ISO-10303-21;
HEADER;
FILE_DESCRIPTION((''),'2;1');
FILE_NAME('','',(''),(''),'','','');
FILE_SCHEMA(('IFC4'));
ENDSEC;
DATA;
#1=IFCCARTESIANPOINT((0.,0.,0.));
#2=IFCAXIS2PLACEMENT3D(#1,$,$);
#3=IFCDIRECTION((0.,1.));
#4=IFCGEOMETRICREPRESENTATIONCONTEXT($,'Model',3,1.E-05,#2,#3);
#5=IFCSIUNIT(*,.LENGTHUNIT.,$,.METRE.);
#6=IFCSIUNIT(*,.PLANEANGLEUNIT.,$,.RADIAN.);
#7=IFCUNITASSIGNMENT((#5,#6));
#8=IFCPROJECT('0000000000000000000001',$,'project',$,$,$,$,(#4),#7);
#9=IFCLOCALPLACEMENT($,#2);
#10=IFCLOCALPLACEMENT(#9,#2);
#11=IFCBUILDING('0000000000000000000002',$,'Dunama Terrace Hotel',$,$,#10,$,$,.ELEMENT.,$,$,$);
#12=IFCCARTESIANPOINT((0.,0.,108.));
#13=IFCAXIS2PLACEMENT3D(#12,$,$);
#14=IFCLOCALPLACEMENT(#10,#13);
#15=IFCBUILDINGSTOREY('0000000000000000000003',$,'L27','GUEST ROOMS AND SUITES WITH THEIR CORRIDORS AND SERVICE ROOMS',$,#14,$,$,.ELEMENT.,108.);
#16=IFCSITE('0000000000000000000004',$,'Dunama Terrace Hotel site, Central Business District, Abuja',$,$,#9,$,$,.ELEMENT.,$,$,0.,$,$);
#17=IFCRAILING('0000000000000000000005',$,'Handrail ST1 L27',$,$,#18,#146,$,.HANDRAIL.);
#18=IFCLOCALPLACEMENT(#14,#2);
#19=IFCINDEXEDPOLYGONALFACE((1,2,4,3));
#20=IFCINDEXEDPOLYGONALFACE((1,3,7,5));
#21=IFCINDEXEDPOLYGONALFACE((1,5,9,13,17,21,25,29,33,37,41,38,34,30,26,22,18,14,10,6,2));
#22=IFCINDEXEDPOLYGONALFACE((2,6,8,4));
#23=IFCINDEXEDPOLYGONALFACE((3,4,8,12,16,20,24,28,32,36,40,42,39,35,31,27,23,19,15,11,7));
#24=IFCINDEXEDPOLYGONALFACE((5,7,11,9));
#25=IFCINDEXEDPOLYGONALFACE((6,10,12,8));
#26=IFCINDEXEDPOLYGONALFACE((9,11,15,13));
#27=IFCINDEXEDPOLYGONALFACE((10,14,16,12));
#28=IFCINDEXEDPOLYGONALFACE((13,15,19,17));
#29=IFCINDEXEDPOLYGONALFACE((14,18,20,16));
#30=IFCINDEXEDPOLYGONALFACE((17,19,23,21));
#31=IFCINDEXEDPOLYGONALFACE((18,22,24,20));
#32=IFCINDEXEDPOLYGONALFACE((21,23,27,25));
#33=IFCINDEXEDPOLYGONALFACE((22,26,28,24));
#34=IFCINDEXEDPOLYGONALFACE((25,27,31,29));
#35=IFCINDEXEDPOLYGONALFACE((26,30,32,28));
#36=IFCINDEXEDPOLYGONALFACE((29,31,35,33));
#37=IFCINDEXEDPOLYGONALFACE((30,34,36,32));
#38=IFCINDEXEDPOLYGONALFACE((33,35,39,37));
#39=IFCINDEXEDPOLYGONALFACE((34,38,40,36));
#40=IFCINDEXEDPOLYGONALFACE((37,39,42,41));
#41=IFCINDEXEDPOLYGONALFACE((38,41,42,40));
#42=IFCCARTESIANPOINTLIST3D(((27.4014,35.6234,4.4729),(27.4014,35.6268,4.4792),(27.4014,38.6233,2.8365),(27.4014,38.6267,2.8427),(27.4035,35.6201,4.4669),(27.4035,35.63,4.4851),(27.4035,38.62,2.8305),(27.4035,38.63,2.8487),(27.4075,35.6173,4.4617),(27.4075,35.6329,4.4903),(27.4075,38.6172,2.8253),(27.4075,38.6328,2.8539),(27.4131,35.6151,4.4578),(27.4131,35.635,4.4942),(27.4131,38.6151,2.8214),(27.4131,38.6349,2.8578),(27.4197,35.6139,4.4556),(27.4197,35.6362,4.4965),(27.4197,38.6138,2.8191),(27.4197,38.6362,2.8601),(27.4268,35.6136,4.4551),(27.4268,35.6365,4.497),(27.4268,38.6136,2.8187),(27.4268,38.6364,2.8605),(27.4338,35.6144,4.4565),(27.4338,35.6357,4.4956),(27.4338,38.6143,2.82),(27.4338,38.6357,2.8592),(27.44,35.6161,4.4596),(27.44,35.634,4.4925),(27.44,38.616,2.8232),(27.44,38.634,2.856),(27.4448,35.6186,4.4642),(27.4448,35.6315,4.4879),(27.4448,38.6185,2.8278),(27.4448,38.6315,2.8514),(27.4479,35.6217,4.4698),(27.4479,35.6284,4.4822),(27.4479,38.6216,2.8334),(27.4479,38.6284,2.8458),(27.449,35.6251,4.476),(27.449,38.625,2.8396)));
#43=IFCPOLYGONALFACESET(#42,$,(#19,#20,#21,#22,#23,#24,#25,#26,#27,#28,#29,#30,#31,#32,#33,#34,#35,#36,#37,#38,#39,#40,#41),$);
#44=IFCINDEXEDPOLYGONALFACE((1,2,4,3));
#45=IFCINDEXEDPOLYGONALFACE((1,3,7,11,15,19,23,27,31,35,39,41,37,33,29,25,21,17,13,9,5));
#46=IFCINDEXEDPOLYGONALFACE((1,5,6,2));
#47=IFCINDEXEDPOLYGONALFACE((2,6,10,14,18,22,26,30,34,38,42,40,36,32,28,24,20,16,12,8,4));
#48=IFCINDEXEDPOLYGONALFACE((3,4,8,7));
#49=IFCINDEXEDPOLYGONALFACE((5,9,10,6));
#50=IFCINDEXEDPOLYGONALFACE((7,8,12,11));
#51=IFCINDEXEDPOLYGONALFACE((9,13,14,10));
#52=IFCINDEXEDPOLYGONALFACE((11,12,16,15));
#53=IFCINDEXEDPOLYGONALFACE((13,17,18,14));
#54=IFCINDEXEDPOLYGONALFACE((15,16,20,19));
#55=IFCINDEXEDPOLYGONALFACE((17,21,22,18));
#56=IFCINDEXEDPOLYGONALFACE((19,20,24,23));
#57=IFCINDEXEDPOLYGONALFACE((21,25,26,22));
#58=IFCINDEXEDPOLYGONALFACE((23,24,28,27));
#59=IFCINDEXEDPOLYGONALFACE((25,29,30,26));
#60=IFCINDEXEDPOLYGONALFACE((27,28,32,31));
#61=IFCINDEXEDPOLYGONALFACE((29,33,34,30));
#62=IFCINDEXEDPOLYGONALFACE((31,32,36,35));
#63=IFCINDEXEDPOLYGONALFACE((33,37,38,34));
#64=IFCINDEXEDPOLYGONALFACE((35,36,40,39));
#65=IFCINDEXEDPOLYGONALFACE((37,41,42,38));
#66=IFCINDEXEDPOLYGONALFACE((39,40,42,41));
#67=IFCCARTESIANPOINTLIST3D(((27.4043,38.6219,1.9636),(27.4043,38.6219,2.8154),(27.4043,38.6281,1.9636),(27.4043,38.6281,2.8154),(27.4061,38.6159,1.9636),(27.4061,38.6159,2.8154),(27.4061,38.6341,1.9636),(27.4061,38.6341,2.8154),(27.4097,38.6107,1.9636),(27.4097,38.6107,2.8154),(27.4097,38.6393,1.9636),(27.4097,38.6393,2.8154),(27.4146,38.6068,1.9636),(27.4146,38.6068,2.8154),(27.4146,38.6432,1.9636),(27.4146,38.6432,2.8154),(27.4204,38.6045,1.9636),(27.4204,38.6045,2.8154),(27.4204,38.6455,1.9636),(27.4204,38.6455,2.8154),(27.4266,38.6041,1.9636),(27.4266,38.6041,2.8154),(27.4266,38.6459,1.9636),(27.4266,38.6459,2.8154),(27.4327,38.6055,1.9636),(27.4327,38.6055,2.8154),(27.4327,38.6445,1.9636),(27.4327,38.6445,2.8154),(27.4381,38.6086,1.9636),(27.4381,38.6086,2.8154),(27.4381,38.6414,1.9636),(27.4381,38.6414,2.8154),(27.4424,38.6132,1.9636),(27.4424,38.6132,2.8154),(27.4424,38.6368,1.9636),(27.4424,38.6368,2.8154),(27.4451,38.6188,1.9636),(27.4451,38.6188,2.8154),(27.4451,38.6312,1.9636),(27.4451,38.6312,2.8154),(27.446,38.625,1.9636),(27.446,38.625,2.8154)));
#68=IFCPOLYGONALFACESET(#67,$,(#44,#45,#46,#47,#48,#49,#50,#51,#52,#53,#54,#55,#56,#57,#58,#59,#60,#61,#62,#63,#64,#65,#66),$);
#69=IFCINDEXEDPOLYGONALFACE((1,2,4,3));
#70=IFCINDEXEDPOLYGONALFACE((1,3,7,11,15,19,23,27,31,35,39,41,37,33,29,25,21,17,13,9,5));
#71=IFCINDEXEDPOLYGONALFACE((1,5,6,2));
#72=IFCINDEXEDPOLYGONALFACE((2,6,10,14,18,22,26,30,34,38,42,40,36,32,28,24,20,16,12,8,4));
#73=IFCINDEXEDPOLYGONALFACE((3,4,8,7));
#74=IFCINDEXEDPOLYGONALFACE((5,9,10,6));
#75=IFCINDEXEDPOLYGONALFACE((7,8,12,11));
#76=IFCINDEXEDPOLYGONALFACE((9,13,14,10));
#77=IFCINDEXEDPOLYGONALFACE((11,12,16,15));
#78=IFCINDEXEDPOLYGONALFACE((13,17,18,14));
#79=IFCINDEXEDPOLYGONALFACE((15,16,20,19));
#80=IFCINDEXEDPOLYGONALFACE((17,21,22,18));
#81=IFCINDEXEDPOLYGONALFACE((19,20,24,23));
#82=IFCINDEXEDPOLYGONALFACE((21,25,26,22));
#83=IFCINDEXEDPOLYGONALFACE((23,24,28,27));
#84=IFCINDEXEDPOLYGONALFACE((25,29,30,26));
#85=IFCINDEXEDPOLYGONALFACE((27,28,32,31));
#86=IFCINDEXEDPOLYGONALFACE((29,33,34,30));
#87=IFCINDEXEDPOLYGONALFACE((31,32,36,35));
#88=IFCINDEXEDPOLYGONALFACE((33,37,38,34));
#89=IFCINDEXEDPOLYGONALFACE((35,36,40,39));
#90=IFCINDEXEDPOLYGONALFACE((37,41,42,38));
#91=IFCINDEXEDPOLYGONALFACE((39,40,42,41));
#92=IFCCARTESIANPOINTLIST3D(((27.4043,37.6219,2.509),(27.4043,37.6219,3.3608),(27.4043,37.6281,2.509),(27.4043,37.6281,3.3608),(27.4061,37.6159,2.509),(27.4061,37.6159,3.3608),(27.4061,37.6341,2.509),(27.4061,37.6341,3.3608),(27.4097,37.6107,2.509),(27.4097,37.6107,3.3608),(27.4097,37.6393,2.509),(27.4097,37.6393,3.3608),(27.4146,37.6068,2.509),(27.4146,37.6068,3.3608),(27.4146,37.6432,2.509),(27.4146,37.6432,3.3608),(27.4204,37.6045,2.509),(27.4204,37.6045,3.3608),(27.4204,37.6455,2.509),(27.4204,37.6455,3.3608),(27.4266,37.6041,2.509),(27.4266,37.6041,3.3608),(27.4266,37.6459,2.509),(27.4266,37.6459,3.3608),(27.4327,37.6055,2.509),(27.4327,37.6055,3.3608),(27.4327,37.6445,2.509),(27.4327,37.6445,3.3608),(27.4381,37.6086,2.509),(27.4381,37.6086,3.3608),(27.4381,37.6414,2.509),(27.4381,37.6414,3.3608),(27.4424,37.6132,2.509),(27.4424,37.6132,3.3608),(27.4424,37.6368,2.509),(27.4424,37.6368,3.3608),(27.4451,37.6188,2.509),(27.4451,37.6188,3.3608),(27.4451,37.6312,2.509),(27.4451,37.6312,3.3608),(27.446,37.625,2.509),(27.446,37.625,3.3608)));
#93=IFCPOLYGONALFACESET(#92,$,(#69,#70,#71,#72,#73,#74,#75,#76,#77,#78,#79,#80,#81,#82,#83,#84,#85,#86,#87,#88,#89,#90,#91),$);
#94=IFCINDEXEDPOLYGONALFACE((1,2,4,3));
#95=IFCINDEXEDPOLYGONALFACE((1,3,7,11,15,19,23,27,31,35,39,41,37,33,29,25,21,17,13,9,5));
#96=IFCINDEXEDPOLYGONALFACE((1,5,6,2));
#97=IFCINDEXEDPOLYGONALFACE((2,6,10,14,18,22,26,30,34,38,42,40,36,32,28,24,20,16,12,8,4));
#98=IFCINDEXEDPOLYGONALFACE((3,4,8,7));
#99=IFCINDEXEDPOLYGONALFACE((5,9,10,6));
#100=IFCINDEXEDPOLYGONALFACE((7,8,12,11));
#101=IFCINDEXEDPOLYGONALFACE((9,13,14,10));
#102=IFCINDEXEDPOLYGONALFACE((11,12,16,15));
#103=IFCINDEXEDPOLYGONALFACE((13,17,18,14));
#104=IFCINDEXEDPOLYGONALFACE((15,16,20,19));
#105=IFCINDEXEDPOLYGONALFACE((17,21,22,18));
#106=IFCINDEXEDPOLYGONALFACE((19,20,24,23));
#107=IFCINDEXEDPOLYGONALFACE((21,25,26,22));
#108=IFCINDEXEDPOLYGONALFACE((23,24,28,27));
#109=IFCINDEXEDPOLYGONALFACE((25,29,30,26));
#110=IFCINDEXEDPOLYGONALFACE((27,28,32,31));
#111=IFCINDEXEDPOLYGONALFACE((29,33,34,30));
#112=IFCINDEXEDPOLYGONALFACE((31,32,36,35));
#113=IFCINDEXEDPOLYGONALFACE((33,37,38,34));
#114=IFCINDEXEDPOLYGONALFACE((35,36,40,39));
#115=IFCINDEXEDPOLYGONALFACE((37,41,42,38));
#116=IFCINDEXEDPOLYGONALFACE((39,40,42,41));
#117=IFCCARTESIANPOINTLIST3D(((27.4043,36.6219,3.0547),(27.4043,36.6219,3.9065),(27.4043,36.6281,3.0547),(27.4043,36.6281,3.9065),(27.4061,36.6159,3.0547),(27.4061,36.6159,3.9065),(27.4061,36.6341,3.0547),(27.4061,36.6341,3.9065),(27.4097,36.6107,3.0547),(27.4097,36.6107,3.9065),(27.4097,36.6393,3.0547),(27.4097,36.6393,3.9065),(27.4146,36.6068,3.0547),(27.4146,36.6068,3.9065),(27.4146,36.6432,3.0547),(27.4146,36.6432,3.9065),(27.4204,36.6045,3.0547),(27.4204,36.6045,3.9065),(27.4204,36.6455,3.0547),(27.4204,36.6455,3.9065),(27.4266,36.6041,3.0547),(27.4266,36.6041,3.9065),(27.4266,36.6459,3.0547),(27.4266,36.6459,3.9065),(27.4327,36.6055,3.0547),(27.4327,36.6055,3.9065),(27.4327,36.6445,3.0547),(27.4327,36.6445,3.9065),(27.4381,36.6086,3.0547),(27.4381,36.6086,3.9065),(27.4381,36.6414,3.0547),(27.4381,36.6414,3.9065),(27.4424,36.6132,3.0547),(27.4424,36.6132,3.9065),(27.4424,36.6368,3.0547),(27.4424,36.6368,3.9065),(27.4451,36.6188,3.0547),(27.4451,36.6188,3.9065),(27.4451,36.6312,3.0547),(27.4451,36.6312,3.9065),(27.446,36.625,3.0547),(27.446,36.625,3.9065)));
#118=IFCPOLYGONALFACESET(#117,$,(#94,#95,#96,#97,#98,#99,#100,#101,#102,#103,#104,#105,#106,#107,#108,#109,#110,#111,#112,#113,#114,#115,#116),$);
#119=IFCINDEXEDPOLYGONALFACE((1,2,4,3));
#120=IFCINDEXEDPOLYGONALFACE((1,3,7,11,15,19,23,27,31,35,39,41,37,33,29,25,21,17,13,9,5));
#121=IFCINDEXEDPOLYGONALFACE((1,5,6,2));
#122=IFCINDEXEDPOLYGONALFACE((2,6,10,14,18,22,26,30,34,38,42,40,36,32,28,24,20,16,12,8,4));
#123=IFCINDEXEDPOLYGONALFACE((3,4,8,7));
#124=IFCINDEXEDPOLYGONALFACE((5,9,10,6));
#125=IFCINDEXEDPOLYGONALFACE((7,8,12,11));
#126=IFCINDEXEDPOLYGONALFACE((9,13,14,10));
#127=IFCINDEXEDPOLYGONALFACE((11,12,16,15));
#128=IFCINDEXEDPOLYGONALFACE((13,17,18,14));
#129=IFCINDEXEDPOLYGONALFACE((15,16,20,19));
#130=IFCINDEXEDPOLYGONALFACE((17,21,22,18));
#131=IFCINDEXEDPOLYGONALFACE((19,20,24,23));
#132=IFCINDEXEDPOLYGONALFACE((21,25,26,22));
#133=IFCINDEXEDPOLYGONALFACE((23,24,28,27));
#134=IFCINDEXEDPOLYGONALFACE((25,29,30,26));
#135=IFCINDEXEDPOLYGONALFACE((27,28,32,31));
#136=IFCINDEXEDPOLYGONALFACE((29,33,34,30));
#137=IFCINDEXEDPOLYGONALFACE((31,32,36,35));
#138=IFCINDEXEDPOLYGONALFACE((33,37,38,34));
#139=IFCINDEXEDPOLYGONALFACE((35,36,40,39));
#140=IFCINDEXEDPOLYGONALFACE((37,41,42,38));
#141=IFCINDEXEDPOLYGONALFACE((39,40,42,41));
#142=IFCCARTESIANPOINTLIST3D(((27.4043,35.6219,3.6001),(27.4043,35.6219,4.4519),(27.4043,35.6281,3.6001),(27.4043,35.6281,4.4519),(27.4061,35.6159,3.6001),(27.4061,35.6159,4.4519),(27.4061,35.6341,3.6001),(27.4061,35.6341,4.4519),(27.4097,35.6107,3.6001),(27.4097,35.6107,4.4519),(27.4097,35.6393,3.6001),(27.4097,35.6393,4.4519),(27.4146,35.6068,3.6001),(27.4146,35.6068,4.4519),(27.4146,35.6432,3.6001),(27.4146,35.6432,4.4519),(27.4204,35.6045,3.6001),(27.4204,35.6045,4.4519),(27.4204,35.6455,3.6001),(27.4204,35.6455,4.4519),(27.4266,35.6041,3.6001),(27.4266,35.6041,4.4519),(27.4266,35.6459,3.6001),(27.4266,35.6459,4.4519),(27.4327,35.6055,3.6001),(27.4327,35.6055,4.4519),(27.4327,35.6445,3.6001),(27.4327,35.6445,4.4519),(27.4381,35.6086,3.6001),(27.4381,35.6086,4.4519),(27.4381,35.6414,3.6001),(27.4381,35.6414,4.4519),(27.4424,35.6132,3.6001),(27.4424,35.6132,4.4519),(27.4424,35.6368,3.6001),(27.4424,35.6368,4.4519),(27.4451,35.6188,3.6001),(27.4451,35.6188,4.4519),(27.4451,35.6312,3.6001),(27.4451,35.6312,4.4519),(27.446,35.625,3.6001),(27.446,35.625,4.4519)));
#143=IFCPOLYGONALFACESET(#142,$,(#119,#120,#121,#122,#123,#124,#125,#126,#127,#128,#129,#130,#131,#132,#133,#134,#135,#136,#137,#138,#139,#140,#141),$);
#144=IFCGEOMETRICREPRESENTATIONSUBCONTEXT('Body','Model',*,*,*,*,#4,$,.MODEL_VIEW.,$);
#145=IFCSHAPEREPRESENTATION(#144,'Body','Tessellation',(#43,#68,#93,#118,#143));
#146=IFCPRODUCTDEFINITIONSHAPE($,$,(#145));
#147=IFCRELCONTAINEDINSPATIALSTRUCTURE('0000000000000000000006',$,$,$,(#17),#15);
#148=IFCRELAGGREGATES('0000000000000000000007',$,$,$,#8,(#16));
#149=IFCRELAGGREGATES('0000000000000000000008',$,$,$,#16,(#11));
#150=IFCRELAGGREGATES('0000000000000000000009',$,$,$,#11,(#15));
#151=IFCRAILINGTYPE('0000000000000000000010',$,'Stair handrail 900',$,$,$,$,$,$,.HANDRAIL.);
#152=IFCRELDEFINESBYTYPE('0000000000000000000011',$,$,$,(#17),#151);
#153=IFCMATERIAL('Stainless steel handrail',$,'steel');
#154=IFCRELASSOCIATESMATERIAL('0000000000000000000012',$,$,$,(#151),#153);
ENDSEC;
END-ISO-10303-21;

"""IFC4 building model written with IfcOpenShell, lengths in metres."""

from ifc_helpers import new_model, si_unit, direction, frame, origin, origin_2d, place, context, subcontext, project, spatial, circle, extrude, material, type_object, element, save


model = new_model("IFC4")

# Units and contexts
model_context = context("Model", 3, precision=1e-05, world=origin(), true_north=direction((0.0, 1.0)))
body_context = subcontext(model_context, "Body", "Model", "MODEL_VIEW")
ifc_project = project(units=[si_unit("LENGTHUNIT", "METRE"), si_unit("PLANEANGLEUNIT", "RADIAN")], contexts=[model_context])

# Site, building, storey
site_placement = place(None, origin())
site = spatial("IfcSite", under=ifc_project, at=site_placement, Name="Dunama Terrace Hotel site, Central Business District, Abuja", CompositionType="ELEMENT", RefElevation=0.0)
building_placement = place(site_placement, origin())
building = spatial("IfcBuilding", under=site, at=building_placement, Name="Dunama Terrace Hotel", CompositionType="ELEMENT")
storey_placement = place(building_placement, frame((0.0, 0.0, 108.0)))
storey = spatial("IfcBuildingStorey", under=building, at=storey_placement, Name="L27", Description="GUEST ROOMS AND SUITES WITH THEIR CORRIDORS AND SERVICE ROOMS", CompositionType="ELEMENT", Elevation=108.0)

# Railing
ifc_material_1 = material(Name="Stainless steel handrail", Category="steel")
railing_type = type_object("IfcRailingType", Name="Stair handrail 900", PredefinedType="HANDRAIL", material=ifc_material_1)
railing_1_placement = place(storey_placement, frame((27.425, 38.625, 1.9636)))
element("IfcRailing", 1, at=railing_1_placement, inside=storey, type_object=railing_type, Name="Handrail ST1 L27", PredefinedType="HANDRAIL", context=body_context, shape_type="SweptSolid", body=[
    extrude(circle(Radius=0.0239, at=origin_2d()), frame((0.0, 0.0, 0.876), z_axis=(0.0, -0.877882, 0.478877), x_axis=(1.0, 0.0, 0.0)), (0.0, 0.0, 1.0), 3.4172),
    extrude(circle(Radius=0.021, at=origin_2d()), origin(), (0.0, 0.0, 1.0), 0.8518),
    extrude(circle(Radius=0.021, at=origin_2d()), frame((0.0, -1.0, 0.5454)), (0.0, 0.0, 1.0), 0.8518),
    extrude(circle(Radius=0.021, at=origin_2d()), frame((0.0, -2.0, 1.0911)), (0.0, 0.0, 1.0), 0.8518),
    extrude(circle(Radius=0.021, at=origin_2d()), frame((0.0, -3.0, 1.6365)), (0.0, 0.0, 1.0), 0.8518),
])

save(model, "model.ifc")
